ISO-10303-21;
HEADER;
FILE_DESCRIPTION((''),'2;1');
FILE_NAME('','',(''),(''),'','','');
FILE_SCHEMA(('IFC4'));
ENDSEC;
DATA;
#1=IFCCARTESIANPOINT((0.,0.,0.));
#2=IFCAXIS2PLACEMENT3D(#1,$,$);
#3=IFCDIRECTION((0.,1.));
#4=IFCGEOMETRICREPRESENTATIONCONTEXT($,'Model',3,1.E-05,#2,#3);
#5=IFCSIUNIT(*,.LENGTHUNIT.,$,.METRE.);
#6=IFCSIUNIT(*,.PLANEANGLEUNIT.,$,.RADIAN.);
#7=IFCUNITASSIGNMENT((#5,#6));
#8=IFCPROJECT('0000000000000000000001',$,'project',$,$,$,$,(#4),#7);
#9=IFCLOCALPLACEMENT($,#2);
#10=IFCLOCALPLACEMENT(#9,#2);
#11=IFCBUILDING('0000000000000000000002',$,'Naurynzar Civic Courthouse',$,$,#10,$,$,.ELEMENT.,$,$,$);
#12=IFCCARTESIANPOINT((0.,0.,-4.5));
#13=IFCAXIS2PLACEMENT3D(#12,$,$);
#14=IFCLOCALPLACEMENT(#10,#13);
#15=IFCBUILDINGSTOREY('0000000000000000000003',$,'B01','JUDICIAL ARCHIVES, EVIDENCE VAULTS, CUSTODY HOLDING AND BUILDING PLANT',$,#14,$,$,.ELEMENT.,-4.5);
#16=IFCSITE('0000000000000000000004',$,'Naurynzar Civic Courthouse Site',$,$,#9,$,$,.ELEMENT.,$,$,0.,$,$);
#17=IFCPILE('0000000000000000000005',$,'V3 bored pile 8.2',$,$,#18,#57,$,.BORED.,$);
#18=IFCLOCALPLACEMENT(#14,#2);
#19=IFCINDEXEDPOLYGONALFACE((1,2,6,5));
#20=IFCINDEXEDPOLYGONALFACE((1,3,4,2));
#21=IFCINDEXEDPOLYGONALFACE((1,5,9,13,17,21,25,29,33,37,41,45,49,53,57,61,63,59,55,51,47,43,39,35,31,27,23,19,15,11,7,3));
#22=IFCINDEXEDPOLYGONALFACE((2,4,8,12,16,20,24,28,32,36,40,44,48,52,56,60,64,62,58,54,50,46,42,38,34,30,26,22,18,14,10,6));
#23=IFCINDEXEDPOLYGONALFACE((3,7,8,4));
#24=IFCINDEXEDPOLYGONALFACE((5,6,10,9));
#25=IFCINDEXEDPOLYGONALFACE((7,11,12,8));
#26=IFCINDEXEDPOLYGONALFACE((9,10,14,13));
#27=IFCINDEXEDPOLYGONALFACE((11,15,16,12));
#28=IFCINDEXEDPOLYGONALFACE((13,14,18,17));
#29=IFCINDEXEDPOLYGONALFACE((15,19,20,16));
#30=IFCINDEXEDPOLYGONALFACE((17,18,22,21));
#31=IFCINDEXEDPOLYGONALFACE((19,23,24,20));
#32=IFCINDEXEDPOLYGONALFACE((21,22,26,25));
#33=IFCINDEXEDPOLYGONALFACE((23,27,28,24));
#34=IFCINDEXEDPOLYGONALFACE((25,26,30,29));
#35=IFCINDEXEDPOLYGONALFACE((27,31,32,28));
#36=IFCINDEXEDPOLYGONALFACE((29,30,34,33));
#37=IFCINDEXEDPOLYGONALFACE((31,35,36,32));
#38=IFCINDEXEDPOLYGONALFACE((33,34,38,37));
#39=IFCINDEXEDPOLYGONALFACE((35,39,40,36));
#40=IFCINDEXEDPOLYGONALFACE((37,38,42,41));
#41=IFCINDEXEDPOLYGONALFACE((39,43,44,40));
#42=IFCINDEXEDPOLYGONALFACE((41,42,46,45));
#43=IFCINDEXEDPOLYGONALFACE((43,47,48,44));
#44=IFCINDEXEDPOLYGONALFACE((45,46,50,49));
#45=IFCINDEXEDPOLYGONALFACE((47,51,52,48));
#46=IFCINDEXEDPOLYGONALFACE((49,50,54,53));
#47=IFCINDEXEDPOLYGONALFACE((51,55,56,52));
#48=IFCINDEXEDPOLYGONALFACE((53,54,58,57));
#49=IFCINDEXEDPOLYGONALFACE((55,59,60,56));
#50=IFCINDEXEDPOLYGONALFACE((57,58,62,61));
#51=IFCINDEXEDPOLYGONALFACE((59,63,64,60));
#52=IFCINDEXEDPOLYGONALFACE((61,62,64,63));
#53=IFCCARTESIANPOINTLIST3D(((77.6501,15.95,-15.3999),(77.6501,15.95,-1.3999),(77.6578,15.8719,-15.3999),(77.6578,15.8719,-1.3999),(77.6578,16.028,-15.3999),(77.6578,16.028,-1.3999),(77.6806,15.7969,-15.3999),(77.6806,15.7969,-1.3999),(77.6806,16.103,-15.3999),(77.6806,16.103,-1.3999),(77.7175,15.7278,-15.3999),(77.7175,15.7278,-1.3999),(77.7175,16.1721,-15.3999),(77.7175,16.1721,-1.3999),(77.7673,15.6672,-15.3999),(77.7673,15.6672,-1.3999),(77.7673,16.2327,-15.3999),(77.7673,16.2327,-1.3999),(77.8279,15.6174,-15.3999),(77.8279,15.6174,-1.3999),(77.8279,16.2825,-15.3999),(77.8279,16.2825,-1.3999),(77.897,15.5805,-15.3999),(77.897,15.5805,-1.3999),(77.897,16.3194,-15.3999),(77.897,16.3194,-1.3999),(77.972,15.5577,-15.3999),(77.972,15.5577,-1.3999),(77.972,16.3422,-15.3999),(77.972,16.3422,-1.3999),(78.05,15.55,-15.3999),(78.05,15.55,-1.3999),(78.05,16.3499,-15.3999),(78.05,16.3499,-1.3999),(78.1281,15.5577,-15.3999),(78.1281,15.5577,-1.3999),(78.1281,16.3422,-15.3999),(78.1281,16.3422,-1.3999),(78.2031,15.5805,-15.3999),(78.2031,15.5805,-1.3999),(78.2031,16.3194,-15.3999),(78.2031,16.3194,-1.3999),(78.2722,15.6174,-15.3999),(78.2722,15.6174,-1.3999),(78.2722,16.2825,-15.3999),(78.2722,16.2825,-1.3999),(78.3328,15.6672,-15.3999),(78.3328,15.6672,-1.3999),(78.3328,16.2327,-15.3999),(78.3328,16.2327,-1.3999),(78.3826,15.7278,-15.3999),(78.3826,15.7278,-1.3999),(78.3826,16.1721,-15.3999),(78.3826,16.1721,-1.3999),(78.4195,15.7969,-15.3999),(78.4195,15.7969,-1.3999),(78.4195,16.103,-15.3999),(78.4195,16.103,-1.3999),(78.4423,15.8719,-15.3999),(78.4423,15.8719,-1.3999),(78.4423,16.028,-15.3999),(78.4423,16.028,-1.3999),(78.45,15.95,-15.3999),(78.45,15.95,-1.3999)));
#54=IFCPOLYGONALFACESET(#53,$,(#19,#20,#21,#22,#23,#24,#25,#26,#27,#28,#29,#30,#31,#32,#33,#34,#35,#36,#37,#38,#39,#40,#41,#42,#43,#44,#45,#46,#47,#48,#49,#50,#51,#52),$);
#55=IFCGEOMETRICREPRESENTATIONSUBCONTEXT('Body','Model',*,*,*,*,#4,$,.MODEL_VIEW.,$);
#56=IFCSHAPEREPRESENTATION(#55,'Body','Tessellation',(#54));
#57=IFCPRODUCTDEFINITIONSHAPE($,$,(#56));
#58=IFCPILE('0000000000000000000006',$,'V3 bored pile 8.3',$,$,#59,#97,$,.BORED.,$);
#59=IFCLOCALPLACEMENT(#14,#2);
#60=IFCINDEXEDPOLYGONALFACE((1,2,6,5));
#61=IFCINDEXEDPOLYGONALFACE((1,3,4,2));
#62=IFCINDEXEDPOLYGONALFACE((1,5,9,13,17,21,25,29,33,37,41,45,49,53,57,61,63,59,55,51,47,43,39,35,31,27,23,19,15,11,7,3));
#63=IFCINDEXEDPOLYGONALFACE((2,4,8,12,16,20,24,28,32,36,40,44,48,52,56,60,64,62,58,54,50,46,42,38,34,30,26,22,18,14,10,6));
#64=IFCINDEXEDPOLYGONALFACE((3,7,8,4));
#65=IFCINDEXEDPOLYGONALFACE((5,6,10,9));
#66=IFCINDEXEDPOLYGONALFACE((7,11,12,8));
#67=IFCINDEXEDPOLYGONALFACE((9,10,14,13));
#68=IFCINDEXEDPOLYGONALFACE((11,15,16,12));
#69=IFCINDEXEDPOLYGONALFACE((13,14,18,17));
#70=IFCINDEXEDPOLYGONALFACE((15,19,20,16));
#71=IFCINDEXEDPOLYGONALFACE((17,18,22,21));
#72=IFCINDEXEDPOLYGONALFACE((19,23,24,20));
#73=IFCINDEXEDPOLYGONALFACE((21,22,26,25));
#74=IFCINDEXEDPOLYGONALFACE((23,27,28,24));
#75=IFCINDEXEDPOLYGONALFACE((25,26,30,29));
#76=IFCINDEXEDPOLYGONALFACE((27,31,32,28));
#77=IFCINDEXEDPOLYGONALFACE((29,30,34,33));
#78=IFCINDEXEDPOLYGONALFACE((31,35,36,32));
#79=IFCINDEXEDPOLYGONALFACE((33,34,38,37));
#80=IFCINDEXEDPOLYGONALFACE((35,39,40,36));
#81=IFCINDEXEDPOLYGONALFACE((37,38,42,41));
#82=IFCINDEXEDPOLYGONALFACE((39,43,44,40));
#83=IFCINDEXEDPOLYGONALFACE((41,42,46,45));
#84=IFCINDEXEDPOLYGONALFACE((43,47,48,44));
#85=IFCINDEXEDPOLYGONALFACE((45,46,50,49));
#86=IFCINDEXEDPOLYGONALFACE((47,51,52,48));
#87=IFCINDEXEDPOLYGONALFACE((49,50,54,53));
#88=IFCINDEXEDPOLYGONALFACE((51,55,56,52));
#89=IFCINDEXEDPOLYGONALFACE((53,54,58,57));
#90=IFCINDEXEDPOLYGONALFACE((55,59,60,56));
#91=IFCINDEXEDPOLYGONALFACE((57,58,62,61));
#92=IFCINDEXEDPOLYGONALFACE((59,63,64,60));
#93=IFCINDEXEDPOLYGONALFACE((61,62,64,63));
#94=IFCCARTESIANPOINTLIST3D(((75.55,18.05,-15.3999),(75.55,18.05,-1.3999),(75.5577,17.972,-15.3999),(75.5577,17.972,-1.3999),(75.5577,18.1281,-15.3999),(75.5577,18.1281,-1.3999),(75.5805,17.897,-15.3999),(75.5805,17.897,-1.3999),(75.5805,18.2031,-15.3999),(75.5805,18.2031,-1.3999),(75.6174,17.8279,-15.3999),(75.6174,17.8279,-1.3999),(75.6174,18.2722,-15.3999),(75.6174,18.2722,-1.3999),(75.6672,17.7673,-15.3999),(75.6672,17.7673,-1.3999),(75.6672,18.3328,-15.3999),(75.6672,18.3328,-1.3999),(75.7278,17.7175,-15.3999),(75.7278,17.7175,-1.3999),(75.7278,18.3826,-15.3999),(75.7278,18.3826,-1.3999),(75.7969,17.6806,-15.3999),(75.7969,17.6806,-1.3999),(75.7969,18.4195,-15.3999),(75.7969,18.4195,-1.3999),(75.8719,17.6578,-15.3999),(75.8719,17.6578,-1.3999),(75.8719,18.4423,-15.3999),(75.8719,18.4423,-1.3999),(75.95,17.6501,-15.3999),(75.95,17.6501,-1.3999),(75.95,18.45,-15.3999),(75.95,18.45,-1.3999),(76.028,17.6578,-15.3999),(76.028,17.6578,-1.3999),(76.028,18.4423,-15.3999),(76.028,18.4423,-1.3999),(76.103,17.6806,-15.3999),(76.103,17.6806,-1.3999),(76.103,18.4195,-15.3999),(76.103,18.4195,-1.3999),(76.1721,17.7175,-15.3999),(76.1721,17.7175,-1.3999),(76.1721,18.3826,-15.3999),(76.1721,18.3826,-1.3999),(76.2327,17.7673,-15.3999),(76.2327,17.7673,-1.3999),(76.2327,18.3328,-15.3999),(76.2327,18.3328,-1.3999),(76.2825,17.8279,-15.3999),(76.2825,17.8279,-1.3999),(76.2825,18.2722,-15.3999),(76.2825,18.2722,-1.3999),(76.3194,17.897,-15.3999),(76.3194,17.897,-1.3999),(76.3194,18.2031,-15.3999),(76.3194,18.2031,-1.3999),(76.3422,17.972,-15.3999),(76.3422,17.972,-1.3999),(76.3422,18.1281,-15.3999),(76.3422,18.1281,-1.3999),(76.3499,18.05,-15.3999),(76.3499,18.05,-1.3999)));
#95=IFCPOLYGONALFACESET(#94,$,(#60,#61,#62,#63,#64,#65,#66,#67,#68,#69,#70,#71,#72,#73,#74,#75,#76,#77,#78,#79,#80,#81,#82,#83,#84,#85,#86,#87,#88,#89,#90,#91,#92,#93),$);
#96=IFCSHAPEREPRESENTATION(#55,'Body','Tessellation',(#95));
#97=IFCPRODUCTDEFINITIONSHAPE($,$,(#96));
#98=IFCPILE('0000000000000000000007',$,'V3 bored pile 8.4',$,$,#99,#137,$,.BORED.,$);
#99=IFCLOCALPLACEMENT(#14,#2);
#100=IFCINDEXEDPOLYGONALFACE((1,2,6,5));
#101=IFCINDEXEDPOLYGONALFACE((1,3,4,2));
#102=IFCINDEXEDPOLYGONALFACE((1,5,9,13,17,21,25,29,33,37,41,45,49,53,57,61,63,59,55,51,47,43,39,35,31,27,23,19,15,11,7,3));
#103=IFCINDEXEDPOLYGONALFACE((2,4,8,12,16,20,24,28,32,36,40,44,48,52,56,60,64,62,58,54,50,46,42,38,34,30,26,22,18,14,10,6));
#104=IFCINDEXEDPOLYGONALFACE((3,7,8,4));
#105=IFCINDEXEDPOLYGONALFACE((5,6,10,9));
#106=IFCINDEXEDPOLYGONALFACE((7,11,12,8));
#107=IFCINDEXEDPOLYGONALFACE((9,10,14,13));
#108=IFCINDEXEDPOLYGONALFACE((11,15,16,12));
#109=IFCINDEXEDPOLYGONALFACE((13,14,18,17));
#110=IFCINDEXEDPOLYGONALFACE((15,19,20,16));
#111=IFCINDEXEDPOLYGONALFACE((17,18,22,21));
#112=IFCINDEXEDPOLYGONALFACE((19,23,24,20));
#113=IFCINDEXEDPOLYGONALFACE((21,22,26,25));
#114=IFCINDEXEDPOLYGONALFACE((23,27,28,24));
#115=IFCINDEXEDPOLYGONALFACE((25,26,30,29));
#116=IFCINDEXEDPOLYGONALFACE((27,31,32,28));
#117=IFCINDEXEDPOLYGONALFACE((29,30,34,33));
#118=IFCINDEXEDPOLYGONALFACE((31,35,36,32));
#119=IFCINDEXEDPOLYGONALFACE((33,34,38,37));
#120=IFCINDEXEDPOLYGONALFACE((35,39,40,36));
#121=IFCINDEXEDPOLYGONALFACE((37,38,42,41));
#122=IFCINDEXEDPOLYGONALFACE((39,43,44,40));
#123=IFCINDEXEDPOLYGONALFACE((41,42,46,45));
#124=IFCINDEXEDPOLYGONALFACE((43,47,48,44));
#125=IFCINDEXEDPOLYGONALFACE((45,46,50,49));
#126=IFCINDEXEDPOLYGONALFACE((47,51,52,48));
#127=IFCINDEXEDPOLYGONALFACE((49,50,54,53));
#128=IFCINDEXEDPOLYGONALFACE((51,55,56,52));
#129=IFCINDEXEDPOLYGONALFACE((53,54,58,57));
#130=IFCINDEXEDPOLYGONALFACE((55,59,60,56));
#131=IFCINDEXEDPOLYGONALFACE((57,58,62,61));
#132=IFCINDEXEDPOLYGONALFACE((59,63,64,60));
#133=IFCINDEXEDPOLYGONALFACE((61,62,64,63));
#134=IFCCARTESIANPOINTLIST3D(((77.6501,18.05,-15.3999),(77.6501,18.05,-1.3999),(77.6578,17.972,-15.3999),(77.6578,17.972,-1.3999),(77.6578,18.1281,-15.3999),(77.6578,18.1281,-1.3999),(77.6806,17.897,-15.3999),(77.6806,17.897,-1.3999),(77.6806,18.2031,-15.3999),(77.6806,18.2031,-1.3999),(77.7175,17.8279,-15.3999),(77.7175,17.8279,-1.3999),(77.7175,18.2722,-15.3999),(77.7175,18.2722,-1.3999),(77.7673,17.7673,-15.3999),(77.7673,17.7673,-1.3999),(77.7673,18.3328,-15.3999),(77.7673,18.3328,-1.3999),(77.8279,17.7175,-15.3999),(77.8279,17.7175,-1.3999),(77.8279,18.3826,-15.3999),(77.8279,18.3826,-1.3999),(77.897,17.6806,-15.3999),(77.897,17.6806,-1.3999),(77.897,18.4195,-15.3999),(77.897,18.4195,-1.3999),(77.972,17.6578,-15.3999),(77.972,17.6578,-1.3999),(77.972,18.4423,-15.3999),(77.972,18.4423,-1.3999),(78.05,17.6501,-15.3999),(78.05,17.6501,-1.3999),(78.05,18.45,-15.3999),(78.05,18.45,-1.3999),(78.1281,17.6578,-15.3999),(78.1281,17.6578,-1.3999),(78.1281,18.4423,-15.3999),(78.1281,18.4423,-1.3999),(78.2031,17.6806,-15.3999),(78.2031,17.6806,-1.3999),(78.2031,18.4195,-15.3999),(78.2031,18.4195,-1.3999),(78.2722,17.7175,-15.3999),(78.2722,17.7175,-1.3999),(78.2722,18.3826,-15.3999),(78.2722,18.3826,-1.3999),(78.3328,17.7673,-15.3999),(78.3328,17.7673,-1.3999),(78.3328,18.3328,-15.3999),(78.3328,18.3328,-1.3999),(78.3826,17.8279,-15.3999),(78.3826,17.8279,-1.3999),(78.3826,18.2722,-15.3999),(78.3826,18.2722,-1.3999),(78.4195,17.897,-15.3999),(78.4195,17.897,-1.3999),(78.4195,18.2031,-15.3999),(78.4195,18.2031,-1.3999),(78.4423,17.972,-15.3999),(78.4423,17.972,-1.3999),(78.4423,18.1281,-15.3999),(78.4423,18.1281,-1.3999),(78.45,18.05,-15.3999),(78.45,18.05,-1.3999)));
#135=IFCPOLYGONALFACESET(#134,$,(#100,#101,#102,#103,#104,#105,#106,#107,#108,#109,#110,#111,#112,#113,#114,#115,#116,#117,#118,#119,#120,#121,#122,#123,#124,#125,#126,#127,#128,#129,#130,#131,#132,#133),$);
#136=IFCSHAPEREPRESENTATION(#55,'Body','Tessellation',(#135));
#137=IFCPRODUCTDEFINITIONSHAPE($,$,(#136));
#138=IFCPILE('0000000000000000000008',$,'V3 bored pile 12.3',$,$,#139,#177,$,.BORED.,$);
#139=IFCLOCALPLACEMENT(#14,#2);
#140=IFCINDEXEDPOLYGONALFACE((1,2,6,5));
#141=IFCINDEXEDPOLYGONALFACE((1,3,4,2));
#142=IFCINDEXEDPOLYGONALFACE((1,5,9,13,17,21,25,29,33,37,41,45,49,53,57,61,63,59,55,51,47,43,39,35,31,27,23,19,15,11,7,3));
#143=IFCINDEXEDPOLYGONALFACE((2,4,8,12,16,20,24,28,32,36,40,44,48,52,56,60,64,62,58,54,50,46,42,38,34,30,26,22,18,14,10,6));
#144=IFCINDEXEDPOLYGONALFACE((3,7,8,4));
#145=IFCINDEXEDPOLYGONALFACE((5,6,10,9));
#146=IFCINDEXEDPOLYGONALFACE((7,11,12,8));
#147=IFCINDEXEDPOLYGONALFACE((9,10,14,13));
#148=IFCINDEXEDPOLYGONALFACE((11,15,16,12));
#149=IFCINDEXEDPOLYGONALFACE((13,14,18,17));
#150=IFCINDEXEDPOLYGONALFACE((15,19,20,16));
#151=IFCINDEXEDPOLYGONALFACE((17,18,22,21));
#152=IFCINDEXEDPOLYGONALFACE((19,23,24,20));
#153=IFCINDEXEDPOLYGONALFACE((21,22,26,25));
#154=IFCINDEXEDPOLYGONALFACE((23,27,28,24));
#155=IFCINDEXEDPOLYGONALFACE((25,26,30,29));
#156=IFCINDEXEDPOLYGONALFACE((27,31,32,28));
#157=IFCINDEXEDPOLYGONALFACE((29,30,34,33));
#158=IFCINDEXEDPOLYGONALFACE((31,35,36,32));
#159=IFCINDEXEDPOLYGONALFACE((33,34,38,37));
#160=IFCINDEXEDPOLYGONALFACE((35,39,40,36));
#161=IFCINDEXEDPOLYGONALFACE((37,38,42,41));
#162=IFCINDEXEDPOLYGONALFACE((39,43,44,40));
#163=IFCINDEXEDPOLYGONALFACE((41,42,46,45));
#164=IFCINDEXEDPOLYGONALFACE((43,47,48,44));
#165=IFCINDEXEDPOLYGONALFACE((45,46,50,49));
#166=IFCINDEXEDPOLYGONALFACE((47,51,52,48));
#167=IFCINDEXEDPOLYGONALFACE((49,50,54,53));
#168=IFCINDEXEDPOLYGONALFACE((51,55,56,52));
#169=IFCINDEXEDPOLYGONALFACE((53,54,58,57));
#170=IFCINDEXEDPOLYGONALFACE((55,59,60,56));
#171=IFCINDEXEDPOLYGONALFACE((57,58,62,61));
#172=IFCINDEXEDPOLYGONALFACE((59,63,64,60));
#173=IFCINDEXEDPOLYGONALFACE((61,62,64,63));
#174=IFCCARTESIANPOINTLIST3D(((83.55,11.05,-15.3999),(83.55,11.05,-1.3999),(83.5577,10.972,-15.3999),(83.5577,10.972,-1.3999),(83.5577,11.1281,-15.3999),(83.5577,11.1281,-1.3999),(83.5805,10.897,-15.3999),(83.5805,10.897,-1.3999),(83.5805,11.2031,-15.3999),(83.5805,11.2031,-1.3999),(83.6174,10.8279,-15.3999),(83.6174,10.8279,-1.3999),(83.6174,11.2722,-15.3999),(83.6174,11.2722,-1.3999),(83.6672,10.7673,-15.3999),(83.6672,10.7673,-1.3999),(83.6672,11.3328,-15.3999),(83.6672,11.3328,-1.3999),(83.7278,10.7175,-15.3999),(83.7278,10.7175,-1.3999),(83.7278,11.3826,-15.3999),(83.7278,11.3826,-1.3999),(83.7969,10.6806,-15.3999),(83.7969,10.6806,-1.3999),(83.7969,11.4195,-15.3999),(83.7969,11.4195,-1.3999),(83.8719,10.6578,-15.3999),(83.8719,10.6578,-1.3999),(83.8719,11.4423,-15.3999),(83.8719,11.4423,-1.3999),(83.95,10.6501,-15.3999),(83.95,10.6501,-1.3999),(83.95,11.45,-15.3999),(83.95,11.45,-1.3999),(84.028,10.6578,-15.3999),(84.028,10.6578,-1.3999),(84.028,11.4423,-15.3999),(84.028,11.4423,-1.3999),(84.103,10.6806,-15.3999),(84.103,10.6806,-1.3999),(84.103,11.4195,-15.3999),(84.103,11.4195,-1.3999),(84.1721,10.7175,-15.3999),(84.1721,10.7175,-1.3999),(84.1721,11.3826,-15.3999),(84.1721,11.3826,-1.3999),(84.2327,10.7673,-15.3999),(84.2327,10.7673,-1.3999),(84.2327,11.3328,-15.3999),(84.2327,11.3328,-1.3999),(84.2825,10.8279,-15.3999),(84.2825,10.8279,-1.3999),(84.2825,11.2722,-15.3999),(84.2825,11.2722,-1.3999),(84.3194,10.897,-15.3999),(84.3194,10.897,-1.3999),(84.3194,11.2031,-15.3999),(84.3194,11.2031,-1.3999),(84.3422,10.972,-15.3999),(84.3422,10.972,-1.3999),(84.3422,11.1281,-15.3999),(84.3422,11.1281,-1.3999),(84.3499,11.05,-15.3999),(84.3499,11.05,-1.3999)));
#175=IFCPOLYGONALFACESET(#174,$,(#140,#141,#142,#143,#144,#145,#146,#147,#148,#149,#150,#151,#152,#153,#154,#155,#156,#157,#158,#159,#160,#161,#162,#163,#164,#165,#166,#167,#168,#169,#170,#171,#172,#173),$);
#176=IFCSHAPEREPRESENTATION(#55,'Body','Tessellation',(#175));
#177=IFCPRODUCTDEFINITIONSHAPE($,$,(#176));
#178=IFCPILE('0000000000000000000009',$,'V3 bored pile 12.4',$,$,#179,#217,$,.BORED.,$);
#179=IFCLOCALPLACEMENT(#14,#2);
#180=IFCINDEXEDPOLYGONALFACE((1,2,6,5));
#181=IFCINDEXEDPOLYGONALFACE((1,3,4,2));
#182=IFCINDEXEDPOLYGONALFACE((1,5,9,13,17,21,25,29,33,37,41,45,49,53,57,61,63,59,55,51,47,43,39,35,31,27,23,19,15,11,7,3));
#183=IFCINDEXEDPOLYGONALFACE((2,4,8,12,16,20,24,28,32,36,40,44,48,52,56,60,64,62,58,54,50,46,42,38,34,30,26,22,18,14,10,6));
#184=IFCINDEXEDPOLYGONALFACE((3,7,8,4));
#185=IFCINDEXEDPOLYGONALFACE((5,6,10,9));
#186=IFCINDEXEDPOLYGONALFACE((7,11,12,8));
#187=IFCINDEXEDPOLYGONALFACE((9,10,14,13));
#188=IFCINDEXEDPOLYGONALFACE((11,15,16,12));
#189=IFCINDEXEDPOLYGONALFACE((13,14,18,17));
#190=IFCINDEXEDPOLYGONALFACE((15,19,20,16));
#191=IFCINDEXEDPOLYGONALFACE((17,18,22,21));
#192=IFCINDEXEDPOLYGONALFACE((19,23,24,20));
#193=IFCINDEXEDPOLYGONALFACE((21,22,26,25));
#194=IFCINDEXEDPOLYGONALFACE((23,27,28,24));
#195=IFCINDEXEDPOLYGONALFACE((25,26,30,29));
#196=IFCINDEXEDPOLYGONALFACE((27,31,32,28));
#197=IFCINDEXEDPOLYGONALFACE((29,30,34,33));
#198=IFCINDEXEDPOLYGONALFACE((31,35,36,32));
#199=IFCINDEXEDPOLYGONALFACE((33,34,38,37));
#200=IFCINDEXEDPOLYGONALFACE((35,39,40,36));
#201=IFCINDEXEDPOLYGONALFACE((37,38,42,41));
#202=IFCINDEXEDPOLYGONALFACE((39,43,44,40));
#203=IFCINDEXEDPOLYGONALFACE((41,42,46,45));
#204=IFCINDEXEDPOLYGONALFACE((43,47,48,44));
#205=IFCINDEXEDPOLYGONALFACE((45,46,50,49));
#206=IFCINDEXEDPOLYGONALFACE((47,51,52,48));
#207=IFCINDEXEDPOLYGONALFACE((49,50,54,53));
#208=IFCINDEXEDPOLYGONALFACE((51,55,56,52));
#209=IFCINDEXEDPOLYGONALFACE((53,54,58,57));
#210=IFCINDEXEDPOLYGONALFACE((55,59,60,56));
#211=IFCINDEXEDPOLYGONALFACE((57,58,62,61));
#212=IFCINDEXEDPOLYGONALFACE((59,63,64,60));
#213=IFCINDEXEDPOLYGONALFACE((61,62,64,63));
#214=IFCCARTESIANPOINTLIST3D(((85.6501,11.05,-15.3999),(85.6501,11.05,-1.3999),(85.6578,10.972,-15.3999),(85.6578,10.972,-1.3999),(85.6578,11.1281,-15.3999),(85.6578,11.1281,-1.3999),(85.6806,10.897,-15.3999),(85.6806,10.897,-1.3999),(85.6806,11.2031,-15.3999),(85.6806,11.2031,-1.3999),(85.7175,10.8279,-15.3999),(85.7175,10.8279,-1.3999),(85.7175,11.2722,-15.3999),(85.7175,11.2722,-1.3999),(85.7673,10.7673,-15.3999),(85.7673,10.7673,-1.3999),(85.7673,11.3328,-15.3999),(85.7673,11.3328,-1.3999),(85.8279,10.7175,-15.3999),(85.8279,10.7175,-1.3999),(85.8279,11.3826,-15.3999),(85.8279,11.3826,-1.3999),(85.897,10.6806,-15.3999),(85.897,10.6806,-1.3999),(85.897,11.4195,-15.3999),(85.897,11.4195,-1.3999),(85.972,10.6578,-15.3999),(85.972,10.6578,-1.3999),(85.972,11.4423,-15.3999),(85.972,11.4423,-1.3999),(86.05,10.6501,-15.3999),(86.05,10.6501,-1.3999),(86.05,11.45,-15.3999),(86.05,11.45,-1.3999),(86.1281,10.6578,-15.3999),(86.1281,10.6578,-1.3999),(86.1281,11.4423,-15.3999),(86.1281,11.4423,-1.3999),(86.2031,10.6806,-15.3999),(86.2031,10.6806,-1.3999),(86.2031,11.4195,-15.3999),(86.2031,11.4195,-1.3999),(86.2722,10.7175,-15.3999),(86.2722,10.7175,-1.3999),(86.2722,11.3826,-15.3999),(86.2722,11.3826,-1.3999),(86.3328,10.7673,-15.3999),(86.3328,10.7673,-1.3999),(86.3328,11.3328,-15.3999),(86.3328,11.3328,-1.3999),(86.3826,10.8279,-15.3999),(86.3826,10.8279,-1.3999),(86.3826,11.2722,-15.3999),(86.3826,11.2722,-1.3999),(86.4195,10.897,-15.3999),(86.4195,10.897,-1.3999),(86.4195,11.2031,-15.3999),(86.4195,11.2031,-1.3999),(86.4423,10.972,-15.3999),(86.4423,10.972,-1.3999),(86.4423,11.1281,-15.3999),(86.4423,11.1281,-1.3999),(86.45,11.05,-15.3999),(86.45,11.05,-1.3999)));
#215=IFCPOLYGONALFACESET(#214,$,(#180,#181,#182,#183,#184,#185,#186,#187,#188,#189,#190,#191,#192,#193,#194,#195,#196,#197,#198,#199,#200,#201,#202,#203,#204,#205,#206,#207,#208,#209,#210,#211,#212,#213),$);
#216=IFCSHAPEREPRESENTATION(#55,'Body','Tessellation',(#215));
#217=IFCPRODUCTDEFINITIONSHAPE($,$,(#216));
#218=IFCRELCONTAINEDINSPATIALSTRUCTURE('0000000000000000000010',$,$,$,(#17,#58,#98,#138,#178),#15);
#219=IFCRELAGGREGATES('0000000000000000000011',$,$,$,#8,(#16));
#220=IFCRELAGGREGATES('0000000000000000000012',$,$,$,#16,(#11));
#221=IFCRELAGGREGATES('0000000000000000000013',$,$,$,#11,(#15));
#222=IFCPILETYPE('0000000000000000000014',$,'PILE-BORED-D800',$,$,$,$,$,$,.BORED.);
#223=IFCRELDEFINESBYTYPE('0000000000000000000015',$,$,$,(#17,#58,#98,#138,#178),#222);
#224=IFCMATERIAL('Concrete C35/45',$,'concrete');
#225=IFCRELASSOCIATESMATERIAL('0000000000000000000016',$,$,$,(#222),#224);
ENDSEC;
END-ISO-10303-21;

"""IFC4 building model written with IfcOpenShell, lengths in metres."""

from ifc_helpers import new_model, si_unit, direction, frame, origin, origin_2d, place, context, subcontext, project, spatial, circle, extrude, material, material_profile, profile_set, type_object, element, save


model = new_model("IFC4")

# Units and contexts
model_context = context("Model", 3, precision=1e-05, world=origin(), true_north=direction((0.0, 1.0)))
body_context = subcontext(model_context, "Body", "Model", "MODEL_VIEW")
ifc_project = project(units=[si_unit("LENGTHUNIT", "METRE"), si_unit("PLANEANGLEUNIT", "RADIAN")], contexts=[model_context])

# Site, building, storey
site_placement = place(None, origin())
site = spatial("IfcSite", under=ifc_project, at=site_placement, Name="Naurynzar Civic Courthouse Site", CompositionType="ELEMENT", RefElevation=0.0)
building_placement = place(site_placement, origin())
building = spatial("IfcBuilding", under=site, at=building_placement, Name="Naurynzar Civic Courthouse", CompositionType="ELEMENT")
storey_placement = place(building_placement, frame((0.0, 0.0, -4.5)))
storey = spatial("IfcBuildingStorey", under=building, at=storey_placement, Name="B01", Description="JUDICIAL ARCHIVES, EVIDENCE VAULTS, CUSTODY HOLDING AND BUILDING PLANT", CompositionType="ELEMENT", Elevation=-4.5)

# Piles
ifc_material_1 = material(Name="Concrete C35/45", Category="concrete")
ifc_material_profile_1 = material_profile(ifc_material_1, circle(Radius=0.3999, at=origin_2d()), Name="PILE D800")
ifc_profile_set_1 = profile_set([ifc_material_profile_1], Name="Concrete C35/45")
pile_type = type_object("IfcPileType", Name="PILE-BORED-D800", PredefinedType="BORED", material=ifc_profile_set_1)
for number, where, z_axis, x_axis, name in (
    (1, (78.05, 15.95, -1.3999), (0.0, 0.0, -1.0), (1.0, 0.0, 0.0), "V3 bored pile 8.2"),
    (2, (75.95, 18.05, -1.3999), (0.0, 0.0, -1.0), (1.0, 0.0, 0.0), "V3 bored pile 8.3"),
    (3, (78.05, 18.05, -1.3999), (0.0, 0.0, -1.0), (1.0, 0.0, 0.0), "V3 bored pile 8.4"),
    (4, (83.95, 11.05, -1.3999), (0.0, 0.0, -1.0), (1.0, 0.0, 0.0), "V3 bored pile 12.3"),
    (5, (86.05, 11.05, -1.3999), (0.0, 0.0, -1.0), (1.0, 0.0, 0.0), "V3 bored pile 12.4"),
):
    element("IfcPile", number, at=place(storey_placement, frame(where, z_axis=z_axis, x_axis=x_axis)), inside=storey, type_object=pile_type, Name=name, PredefinedType="BORED", context=body_context, shape_type="SweptSolid", body=[
        extrude(circle(Radius=0.3999, at=origin_2d()), origin(), (0.0, 0.0, 1.0), 14.0),
    ])

save(model, "model.ifc")
